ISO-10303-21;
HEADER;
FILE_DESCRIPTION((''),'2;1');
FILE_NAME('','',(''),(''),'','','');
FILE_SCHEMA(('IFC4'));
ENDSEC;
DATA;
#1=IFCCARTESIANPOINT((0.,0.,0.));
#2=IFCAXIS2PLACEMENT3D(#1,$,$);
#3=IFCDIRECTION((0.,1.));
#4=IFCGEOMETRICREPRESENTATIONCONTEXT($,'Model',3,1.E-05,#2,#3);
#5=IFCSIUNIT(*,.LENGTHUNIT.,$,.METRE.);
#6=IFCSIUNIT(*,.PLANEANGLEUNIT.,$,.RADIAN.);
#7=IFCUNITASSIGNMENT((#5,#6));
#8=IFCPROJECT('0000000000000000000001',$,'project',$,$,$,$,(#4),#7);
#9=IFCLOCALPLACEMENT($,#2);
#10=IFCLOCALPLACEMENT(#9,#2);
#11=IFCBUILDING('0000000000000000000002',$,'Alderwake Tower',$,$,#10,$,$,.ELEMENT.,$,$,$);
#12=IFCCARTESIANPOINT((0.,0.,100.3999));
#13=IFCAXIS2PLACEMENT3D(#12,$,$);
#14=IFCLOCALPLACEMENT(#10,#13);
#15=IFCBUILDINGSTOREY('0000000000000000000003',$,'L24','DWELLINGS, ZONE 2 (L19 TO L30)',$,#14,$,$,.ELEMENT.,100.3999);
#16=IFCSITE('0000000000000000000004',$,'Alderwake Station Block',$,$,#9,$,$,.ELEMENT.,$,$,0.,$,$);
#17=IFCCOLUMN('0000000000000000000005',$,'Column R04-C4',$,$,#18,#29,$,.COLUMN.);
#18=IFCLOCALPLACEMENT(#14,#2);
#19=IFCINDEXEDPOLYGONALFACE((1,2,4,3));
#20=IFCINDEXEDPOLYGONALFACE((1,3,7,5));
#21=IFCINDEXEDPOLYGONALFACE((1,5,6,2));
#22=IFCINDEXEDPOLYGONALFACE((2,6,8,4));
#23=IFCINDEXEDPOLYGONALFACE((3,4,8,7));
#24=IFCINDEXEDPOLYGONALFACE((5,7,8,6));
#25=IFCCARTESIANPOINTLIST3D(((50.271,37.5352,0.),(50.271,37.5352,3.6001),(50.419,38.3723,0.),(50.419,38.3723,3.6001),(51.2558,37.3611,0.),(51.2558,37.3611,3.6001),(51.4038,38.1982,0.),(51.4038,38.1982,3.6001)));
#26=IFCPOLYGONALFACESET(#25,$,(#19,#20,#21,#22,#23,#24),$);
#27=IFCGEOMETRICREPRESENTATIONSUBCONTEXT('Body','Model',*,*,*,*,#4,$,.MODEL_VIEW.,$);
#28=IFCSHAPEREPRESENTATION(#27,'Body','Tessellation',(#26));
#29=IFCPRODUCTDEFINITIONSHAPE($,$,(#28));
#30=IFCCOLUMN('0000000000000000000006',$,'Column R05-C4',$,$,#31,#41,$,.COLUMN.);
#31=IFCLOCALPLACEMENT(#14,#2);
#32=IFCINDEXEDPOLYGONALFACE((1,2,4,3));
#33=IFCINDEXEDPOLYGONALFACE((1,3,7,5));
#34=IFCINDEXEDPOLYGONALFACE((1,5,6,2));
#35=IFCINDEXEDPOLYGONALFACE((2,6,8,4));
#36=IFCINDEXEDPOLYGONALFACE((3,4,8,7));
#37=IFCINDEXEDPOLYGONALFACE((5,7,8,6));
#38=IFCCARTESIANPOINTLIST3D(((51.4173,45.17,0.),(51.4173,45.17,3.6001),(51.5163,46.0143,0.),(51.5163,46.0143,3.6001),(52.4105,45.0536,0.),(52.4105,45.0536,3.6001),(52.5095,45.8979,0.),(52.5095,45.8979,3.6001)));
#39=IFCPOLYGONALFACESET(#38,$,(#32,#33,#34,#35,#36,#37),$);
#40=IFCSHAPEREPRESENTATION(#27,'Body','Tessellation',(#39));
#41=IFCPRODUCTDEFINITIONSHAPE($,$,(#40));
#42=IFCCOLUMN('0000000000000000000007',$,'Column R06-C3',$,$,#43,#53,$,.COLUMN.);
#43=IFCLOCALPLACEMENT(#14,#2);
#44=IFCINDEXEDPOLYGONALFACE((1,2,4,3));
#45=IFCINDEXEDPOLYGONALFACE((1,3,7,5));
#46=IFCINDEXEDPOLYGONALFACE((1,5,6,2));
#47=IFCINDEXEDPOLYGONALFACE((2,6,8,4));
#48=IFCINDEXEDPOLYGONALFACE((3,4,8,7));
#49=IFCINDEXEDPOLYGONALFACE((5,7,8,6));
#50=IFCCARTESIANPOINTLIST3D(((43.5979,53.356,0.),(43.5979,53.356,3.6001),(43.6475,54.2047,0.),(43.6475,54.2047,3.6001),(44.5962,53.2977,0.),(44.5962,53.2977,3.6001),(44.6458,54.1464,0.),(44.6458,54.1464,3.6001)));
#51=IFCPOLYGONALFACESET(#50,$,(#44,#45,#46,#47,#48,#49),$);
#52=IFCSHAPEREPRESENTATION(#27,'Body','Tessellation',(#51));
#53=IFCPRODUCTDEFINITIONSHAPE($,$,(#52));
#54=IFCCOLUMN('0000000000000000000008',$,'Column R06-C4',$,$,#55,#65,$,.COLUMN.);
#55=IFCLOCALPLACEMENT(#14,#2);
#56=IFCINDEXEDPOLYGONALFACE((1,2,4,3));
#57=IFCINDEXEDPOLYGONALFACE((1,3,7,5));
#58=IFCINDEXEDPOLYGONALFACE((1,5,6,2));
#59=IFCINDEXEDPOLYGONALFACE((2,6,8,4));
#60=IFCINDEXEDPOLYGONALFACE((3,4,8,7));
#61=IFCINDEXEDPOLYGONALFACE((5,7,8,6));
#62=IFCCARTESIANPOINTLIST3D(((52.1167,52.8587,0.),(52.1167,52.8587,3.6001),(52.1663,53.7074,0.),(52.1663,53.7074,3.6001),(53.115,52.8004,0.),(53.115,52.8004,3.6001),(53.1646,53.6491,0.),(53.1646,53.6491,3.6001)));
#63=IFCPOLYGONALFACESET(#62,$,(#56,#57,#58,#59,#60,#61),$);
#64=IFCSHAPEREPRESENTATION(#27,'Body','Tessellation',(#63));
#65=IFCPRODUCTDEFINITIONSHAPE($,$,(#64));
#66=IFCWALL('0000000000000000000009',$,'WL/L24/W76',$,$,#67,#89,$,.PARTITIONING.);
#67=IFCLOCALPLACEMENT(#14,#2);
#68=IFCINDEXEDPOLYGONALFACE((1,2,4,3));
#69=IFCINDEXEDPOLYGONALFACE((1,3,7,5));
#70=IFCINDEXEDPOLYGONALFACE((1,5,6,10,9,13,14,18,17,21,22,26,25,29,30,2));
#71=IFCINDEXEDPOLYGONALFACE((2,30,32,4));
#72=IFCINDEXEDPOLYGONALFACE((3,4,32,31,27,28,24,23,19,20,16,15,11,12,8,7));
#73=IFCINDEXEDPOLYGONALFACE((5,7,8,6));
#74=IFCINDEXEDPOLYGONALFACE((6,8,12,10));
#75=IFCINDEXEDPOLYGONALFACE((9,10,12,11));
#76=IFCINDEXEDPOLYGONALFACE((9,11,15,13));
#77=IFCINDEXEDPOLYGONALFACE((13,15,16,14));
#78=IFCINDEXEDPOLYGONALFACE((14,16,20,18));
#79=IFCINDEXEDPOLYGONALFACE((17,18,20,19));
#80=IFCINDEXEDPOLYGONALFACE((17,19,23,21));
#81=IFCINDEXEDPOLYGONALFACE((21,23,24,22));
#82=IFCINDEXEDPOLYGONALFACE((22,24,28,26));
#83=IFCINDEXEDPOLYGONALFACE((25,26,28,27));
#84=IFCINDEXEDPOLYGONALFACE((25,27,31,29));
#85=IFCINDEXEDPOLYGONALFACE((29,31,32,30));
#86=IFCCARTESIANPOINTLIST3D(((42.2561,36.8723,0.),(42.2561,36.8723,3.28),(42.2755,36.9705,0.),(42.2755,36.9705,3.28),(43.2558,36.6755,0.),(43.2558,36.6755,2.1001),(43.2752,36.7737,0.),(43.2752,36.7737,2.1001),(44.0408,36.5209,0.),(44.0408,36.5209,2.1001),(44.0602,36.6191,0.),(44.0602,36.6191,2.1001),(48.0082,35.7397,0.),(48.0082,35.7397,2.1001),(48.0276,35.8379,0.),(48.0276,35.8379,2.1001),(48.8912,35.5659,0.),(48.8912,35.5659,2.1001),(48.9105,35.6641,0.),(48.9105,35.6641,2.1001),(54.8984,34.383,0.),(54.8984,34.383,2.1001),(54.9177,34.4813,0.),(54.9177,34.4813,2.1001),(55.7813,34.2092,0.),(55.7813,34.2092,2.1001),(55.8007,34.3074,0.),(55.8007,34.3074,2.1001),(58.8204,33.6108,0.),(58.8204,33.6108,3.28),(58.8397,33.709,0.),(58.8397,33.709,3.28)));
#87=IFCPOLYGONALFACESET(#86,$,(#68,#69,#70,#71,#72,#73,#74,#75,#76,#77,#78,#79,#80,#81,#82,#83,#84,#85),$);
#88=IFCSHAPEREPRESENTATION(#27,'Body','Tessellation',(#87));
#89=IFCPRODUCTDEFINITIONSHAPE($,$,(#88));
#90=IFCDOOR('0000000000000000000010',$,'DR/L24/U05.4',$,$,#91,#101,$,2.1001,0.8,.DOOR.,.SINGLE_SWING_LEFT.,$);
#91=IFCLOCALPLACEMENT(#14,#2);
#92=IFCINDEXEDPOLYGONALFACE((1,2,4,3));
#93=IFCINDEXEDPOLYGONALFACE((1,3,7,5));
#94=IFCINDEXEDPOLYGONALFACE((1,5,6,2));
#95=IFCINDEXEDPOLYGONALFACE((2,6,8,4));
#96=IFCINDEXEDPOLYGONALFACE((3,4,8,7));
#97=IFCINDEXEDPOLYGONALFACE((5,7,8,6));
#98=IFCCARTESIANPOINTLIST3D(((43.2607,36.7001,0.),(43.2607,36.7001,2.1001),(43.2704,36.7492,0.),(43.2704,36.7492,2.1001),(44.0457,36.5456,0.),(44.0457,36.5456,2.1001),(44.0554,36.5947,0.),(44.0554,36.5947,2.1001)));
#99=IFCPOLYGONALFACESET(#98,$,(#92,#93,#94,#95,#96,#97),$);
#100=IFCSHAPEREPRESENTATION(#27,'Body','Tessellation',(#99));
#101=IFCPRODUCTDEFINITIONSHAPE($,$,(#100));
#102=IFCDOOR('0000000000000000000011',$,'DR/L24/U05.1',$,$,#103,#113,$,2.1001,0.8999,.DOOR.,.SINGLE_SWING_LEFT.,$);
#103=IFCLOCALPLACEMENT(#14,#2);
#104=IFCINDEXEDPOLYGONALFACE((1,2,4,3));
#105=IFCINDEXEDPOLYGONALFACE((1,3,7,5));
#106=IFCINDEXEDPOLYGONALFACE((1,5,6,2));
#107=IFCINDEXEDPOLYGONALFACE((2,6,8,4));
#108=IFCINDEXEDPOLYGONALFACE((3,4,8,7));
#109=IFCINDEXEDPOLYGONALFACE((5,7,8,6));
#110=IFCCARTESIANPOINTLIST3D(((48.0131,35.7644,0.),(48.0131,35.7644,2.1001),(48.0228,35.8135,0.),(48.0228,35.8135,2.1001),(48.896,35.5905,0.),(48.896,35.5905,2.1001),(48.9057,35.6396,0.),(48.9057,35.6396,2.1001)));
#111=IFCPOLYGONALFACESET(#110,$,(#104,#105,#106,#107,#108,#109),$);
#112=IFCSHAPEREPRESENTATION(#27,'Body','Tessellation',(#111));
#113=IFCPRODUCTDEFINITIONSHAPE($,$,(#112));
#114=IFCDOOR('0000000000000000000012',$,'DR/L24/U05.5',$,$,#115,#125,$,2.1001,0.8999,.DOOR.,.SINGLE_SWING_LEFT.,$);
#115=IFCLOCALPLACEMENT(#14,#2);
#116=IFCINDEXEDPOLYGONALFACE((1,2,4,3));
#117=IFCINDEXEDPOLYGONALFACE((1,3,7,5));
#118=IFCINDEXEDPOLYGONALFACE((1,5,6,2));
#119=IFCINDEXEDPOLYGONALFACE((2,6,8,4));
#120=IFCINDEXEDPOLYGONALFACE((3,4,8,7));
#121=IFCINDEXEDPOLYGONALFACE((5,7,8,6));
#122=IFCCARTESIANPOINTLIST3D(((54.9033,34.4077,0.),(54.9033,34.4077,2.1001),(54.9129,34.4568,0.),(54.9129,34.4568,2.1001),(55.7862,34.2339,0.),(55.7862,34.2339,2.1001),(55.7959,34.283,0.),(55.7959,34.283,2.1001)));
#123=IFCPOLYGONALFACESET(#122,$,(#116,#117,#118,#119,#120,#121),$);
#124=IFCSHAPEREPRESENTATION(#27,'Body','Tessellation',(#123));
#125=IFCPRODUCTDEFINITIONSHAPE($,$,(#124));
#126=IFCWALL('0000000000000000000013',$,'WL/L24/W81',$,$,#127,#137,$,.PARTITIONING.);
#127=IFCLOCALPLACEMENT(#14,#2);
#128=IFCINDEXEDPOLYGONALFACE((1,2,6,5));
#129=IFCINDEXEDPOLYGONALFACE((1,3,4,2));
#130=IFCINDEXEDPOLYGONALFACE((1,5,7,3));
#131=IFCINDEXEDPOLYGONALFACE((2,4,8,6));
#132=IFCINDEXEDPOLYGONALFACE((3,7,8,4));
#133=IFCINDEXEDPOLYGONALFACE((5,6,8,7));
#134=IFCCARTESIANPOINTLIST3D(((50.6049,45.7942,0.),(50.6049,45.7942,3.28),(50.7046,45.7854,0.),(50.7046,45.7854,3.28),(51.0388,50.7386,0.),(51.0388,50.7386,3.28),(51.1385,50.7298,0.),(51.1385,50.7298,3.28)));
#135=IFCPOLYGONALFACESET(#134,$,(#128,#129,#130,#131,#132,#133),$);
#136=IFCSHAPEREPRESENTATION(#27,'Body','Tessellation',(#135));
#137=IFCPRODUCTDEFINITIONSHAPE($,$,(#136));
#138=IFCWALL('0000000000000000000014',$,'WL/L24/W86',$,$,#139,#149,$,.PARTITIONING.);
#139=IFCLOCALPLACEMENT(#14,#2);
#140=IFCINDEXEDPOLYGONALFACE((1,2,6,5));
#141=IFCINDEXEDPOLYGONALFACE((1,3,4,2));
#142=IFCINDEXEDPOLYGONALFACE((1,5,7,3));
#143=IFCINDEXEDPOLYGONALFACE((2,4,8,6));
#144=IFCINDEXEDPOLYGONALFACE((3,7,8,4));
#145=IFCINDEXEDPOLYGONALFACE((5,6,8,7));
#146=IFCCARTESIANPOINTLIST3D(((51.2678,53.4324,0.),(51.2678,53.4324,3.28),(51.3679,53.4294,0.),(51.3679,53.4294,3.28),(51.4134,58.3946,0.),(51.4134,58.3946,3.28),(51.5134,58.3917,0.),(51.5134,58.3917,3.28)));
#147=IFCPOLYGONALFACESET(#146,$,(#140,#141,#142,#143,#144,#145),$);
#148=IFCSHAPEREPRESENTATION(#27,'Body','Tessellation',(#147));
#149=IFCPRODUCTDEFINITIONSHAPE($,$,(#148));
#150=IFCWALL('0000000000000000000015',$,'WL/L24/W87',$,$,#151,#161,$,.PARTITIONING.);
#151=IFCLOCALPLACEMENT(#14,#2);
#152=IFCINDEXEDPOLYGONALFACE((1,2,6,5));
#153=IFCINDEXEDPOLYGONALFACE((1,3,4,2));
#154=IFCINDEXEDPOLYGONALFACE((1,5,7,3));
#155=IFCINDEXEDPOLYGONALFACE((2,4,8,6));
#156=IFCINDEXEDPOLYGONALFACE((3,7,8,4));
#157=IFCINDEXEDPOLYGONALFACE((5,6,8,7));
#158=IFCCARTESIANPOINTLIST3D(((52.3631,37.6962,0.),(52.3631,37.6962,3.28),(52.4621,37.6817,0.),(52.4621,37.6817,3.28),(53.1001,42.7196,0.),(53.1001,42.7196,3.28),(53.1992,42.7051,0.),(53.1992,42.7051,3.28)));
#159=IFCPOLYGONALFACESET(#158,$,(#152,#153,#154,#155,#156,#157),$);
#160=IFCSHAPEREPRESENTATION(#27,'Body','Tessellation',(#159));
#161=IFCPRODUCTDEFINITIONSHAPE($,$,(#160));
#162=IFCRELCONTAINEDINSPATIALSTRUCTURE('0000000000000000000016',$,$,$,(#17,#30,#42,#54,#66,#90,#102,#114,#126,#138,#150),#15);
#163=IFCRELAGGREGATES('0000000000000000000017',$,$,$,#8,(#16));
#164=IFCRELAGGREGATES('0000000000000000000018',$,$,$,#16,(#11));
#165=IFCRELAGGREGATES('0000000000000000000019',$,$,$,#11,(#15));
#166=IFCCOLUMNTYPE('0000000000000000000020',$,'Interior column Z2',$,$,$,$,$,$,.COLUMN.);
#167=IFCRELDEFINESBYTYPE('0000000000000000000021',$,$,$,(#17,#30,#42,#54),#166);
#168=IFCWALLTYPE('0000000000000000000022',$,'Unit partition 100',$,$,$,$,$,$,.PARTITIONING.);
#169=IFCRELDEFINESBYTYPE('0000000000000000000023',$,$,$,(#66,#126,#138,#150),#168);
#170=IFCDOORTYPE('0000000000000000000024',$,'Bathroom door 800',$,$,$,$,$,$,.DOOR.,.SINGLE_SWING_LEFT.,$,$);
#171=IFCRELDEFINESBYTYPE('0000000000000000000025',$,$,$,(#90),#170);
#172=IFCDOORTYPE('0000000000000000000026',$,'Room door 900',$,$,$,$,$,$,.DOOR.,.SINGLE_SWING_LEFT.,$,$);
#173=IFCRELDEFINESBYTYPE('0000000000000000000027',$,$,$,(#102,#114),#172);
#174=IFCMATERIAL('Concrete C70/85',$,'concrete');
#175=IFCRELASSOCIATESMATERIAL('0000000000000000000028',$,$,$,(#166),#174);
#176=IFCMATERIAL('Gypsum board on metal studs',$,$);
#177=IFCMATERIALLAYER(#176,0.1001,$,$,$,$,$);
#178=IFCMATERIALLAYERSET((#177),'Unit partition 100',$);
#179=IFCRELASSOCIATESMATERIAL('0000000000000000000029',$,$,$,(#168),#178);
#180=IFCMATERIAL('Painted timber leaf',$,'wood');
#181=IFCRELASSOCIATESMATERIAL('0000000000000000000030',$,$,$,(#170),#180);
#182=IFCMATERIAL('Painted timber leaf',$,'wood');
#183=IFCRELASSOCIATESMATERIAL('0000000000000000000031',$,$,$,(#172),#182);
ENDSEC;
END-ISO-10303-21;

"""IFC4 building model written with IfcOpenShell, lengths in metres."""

from ifc_helpers import new_model, si_unit, direction, frame, frame_2d, origin, origin_2d, place, context, subcontext, project, spatial, rectangle, extrude, material, layer, layer_set, material_profile, profile_set, type_object, element, fill, save


model = new_model("IFC4")

# Units and contexts
model_context = context("Model", 3, precision=1e-05, world=origin(), true_north=direction((0.0, 1.0)))
body_context = subcontext(model_context, "Body", "Model", "MODEL_VIEW")
ifc_project = project(units=[si_unit("LENGTHUNIT", "METRE"), si_unit("PLANEANGLEUNIT", "RADIAN")], contexts=[model_context])

# Site, building, storey
site_placement = place(None, origin())
site = spatial("IfcSite", under=ifc_project, at=site_placement, Name="Alderwake Station Block", CompositionType="ELEMENT", RefElevation=0.0)
building_placement = place(site_placement, origin())
building = spatial("IfcBuilding", under=site, at=building_placement, Name="Alderwake Tower", CompositionType="ELEMENT")
storey_placement = place(building_placement, frame((0.0, 0.0, 100.3999)))
storey = spatial("IfcBuildingStorey", under=building, at=storey_placement, Name="L24", Description="DWELLINGS, ZONE 2 (L19 TO L30)", CompositionType="ELEMENT", Elevation=100.3999)

# Columns
ifc_material_1 = material(Name="Concrete C70/85", Category="concrete")
ifc_material_profile = material_profile(ifc_material_1, rectangle(XDim=0.8501, YDim=1.0, at=origin_2d()), Name="RC 1000X850")
ifc_profile_set = profile_set([ifc_material_profile], Name="Concrete C70/85")
column_type = type_object("IfcColumnType", Name="Interior column Z2", PredefinedType="COLUMN", material=ifc_profile_set)
for number, where, z_axis, x_axis, name in (
    (1, (50.8374, 37.8667, 0.0), (0.0, 0.0, 1.0), (0.174109, 0.984726, 0.0), "Column R04-C4"),
    (2, (51.9634, 45.5339, 0.0), (0.0, 0.0, 1.0), (0.116402, 0.993202, 0.0), "Column R05-C4"),
    (3, (44.1218, 53.7512, 0.0), (0.0, 0.0, 1.0), (0.058301, 0.998299, 0.0), "Column R06-C3"),
    (4, (52.6406, 53.2539, 0.0), (0.0, 0.0, 1.0), (0.058301, 0.998299, 0.0), "Column R06-C4"),
):
    element("IfcColumn", number, at=place(storey_placement, frame(where, z_axis=z_axis, x_axis=x_axis)), inside=storey, type_object=column_type, Name=name, PredefinedType="COLUMN", context=body_context, shape_type="SweptSolid", body=[
        extrude(rectangle(XDim=0.8501, YDim=1.0, at=origin_2d()), origin(), (0.0, 0.0, 1.0), 3.6001),
    ])

# Wall, openings, doors
ifc_material_2 = material(Name="Gypsum board on metal studs")
ifc_layer_1 = layer(ifc_material_2, 0.1001)
ifc_layer_set_1 = layer_set([ifc_layer_1], Name="Unit partition 100")
wall_type_1 = type_object("IfcWallType", Name="Unit partition 100", PredefinedType="PARTITIONING", material=ifc_layer_set_1)
wall_1_placement = place(storey_placement, frame((58.8301, 33.6599, 0.0), z_axis=(0.0, 0.0, 1.0), x_axis=(-0.981161, 0.19319, 0.0)))
wall_1 = element("IfcWall", 5, at=wall_1_placement, inside=storey, type_object=wall_type_1, Name="WL/L24/W76", PredefinedType="PARTITIONING", context=body_context, shape_type="SweptSolid", body=[
    extrude(rectangle(XDim=16.8823, YDim=0.1001, at=frame_2d((8.4412, 0.0))), origin(), (0.0, 0.0, 1.0), 3.28),
])
opening_1_placement = place(wall_1_placement, frame((10.1199, 0.0, 0.0)))
opening_1 = element("IfcOpeningElement", 6, at=opening_1_placement, cuts=wall_1, PredefinedType="OPENING", context=body_context, shape_type="SweptSolid", body=[
    extrude(rectangle(XDim=0.8999, YDim=2.1001, at=frame_2d((0.45, 1.05))), frame((0.0, 0.0601, 0.0), z_axis=(0.0, -1.0, 0.0), x_axis=(1.0, 0.0, 0.0)), (0.0, 0.0, 1.0), 0.1201),
])
opening_2_placement = place(wall_1_placement, frame((15.0635, 0.0, 0.0)))
opening_2 = element("IfcOpeningElement", 7, at=opening_2_placement, cuts=wall_1, PredefinedType="OPENING", context=body_context, shape_type="SweptSolid", body=[
    extrude(rectangle(XDim=0.8, YDim=2.1001, at=frame_2d((0.3999, 1.05))), frame((0.0, 0.0601, 0.0), z_axis=(0.0, -1.0, 0.0), x_axis=(1.0, 0.0, 0.0)), (0.0, 0.0, 1.0), 0.1201),
])
opening_3_placement = place(wall_1_placement, frame((3.0974, 0.0, 0.0)))
opening_3 = element("IfcOpeningElement", 8, at=opening_3_placement, cuts=wall_1, PredefinedType="OPENING", context=body_context, shape_type="SweptSolid", body=[
    extrude(rectangle(XDim=0.8999, YDim=2.1001, at=frame_2d((0.45, 1.05))), frame((0.0, 0.0601, 0.0), z_axis=(0.0, -1.0, 0.0), x_axis=(1.0, 0.0, 0.0)), (0.0, 0.0, 1.0), 0.1201),
])
ifc_material_3 = material(Name="Painted timber leaf", Category="wood")
door_type_1 = type_object("IfcDoorType", Name="Bathroom door 800", OperationType="SINGLE_SWING_LEFT", PredefinedType="DOOR", material=ifc_material_3)
door_1_placement = place(opening_2_placement, origin())
door_1 = element("IfcDoor", 9, at=door_1_placement, inside=storey, type_object=door_type_1, Name="DR/L24/U05.4", OperationType="SINGLE_SWING_LEFT", OverallHeight=2.1001, OverallWidth=0.8, PredefinedType="DOOR", context=body_context, shape_type="SweptSolid", body=[
    extrude(rectangle(XDim=0.8, YDim=2.1001, at=frame_2d((0.3999, 1.05))), frame((0.0, 0.0249, 0.0), z_axis=(0.0, -1.0, 0.0), x_axis=(1.0, 0.0, 0.0)), (0.0, 0.0, 1.0), 0.05),
])
fill(opening_2, door_1)
ifc_material_4 = material(Name="Painted timber leaf", Category="wood")
door_type_2 = type_object("IfcDoorType", Name="Room door 900", OperationType="SINGLE_SWING_LEFT", PredefinedType="DOOR", material=ifc_material_4)
door_2_placement = place(opening_1_placement, origin())
door_2 = element("IfcDoor", 10, at=door_2_placement, inside=storey, type_object=door_type_2, Name="DR/L24/U05.1", OperationType="SINGLE_SWING_LEFT", OverallHeight=2.1001, OverallWidth=0.8999, PredefinedType="DOOR", context=body_context, shape_type="SweptSolid", body=[
    extrude(rectangle(XDim=0.8999, YDim=2.1001, at=frame_2d((0.45, 1.05))), frame((0.0, 0.0249, 0.0), z_axis=(0.0, -1.0, 0.0), x_axis=(1.0, 0.0, 0.0)), (0.0, 0.0, 1.0), 0.05),
])
fill(opening_1, door_2)
door_3_placement = place(opening_3_placement, origin())
door_3 = element("IfcDoor", 11, at=door_3_placement, inside=storey, type_object=door_type_2, Name="DR/L24/U05.5", OperationType="SINGLE_SWING_LEFT", OverallHeight=2.1001, OverallWidth=0.8999, PredefinedType="DOOR", context=body_context, shape_type="SweptSolid", body=[
    extrude(rectangle(XDim=0.8999, YDim=2.1001, at=frame_2d((0.45, 1.05))), frame((0.0, 0.0249, 0.0), z_axis=(0.0, -1.0, 0.0), x_axis=(1.0, 0.0, 0.0)), (0.0, 0.0, 1.0), 0.05),
])
fill(opening_3, door_3)

# Walls
wall_2_placement = place(storey_placement, frame((50.6548, 45.7898, 0.0), z_axis=(0.0, 0.0, 1.0), x_axis=(0.087409, 0.996173, 0.0)))
element("IfcWall", 12, at=wall_2_placement, inside=storey, type_object=wall_type_1, Name="WL/L24/W81", PredefinedType="PARTITIONING", context=body_context, shape_type="SweptSolid", body=[
    extrude(rectangle(XDim=4.9634, YDim=0.1001, at=frame_2d((2.4817, 0.0))), origin(), (0.0, 0.0, 1.0), 3.28),
])
wall_3_placement = place(storey_placement, frame((51.3179, 53.4309, 0.0), z_axis=(0.0, 0.0, 1.0), x_axis=(0.029311, 0.99957, 0.0)))
element("IfcWall", 13, at=wall_3_placement, inside=storey, type_object=wall_type_1, Name="WL/L24/W86", PredefinedType="PARTITIONING", context=body_context, shape_type="SweptSolid", body=[
    extrude(rectangle(XDim=4.9644, YDim=0.1001, at=frame_2d((2.4822, 0.0))), origin(), (0.0, 0.0, 1.0), 3.28),
])
wall_4_placement = place(storey_placement, frame((52.4126, 37.689, 0.0), z_axis=(0.0, 0.0, 1.0), x_axis=(0.14517, 0.989407, 0.0)))
element("IfcWall", 14, at=wall_4_placement, inside=storey, type_object=wall_type_1, Name="WL/L24/W87", PredefinedType="PARTITIONING", context=body_context, shape_type="SweptSolid", body=[
    extrude(rectangle(XDim=5.0771, YDim=0.1001, at=frame_2d((2.5386, 0.0))), origin(), (0.0, 0.0, 1.0), 3.28),
])

save(model, "model.ifc")
